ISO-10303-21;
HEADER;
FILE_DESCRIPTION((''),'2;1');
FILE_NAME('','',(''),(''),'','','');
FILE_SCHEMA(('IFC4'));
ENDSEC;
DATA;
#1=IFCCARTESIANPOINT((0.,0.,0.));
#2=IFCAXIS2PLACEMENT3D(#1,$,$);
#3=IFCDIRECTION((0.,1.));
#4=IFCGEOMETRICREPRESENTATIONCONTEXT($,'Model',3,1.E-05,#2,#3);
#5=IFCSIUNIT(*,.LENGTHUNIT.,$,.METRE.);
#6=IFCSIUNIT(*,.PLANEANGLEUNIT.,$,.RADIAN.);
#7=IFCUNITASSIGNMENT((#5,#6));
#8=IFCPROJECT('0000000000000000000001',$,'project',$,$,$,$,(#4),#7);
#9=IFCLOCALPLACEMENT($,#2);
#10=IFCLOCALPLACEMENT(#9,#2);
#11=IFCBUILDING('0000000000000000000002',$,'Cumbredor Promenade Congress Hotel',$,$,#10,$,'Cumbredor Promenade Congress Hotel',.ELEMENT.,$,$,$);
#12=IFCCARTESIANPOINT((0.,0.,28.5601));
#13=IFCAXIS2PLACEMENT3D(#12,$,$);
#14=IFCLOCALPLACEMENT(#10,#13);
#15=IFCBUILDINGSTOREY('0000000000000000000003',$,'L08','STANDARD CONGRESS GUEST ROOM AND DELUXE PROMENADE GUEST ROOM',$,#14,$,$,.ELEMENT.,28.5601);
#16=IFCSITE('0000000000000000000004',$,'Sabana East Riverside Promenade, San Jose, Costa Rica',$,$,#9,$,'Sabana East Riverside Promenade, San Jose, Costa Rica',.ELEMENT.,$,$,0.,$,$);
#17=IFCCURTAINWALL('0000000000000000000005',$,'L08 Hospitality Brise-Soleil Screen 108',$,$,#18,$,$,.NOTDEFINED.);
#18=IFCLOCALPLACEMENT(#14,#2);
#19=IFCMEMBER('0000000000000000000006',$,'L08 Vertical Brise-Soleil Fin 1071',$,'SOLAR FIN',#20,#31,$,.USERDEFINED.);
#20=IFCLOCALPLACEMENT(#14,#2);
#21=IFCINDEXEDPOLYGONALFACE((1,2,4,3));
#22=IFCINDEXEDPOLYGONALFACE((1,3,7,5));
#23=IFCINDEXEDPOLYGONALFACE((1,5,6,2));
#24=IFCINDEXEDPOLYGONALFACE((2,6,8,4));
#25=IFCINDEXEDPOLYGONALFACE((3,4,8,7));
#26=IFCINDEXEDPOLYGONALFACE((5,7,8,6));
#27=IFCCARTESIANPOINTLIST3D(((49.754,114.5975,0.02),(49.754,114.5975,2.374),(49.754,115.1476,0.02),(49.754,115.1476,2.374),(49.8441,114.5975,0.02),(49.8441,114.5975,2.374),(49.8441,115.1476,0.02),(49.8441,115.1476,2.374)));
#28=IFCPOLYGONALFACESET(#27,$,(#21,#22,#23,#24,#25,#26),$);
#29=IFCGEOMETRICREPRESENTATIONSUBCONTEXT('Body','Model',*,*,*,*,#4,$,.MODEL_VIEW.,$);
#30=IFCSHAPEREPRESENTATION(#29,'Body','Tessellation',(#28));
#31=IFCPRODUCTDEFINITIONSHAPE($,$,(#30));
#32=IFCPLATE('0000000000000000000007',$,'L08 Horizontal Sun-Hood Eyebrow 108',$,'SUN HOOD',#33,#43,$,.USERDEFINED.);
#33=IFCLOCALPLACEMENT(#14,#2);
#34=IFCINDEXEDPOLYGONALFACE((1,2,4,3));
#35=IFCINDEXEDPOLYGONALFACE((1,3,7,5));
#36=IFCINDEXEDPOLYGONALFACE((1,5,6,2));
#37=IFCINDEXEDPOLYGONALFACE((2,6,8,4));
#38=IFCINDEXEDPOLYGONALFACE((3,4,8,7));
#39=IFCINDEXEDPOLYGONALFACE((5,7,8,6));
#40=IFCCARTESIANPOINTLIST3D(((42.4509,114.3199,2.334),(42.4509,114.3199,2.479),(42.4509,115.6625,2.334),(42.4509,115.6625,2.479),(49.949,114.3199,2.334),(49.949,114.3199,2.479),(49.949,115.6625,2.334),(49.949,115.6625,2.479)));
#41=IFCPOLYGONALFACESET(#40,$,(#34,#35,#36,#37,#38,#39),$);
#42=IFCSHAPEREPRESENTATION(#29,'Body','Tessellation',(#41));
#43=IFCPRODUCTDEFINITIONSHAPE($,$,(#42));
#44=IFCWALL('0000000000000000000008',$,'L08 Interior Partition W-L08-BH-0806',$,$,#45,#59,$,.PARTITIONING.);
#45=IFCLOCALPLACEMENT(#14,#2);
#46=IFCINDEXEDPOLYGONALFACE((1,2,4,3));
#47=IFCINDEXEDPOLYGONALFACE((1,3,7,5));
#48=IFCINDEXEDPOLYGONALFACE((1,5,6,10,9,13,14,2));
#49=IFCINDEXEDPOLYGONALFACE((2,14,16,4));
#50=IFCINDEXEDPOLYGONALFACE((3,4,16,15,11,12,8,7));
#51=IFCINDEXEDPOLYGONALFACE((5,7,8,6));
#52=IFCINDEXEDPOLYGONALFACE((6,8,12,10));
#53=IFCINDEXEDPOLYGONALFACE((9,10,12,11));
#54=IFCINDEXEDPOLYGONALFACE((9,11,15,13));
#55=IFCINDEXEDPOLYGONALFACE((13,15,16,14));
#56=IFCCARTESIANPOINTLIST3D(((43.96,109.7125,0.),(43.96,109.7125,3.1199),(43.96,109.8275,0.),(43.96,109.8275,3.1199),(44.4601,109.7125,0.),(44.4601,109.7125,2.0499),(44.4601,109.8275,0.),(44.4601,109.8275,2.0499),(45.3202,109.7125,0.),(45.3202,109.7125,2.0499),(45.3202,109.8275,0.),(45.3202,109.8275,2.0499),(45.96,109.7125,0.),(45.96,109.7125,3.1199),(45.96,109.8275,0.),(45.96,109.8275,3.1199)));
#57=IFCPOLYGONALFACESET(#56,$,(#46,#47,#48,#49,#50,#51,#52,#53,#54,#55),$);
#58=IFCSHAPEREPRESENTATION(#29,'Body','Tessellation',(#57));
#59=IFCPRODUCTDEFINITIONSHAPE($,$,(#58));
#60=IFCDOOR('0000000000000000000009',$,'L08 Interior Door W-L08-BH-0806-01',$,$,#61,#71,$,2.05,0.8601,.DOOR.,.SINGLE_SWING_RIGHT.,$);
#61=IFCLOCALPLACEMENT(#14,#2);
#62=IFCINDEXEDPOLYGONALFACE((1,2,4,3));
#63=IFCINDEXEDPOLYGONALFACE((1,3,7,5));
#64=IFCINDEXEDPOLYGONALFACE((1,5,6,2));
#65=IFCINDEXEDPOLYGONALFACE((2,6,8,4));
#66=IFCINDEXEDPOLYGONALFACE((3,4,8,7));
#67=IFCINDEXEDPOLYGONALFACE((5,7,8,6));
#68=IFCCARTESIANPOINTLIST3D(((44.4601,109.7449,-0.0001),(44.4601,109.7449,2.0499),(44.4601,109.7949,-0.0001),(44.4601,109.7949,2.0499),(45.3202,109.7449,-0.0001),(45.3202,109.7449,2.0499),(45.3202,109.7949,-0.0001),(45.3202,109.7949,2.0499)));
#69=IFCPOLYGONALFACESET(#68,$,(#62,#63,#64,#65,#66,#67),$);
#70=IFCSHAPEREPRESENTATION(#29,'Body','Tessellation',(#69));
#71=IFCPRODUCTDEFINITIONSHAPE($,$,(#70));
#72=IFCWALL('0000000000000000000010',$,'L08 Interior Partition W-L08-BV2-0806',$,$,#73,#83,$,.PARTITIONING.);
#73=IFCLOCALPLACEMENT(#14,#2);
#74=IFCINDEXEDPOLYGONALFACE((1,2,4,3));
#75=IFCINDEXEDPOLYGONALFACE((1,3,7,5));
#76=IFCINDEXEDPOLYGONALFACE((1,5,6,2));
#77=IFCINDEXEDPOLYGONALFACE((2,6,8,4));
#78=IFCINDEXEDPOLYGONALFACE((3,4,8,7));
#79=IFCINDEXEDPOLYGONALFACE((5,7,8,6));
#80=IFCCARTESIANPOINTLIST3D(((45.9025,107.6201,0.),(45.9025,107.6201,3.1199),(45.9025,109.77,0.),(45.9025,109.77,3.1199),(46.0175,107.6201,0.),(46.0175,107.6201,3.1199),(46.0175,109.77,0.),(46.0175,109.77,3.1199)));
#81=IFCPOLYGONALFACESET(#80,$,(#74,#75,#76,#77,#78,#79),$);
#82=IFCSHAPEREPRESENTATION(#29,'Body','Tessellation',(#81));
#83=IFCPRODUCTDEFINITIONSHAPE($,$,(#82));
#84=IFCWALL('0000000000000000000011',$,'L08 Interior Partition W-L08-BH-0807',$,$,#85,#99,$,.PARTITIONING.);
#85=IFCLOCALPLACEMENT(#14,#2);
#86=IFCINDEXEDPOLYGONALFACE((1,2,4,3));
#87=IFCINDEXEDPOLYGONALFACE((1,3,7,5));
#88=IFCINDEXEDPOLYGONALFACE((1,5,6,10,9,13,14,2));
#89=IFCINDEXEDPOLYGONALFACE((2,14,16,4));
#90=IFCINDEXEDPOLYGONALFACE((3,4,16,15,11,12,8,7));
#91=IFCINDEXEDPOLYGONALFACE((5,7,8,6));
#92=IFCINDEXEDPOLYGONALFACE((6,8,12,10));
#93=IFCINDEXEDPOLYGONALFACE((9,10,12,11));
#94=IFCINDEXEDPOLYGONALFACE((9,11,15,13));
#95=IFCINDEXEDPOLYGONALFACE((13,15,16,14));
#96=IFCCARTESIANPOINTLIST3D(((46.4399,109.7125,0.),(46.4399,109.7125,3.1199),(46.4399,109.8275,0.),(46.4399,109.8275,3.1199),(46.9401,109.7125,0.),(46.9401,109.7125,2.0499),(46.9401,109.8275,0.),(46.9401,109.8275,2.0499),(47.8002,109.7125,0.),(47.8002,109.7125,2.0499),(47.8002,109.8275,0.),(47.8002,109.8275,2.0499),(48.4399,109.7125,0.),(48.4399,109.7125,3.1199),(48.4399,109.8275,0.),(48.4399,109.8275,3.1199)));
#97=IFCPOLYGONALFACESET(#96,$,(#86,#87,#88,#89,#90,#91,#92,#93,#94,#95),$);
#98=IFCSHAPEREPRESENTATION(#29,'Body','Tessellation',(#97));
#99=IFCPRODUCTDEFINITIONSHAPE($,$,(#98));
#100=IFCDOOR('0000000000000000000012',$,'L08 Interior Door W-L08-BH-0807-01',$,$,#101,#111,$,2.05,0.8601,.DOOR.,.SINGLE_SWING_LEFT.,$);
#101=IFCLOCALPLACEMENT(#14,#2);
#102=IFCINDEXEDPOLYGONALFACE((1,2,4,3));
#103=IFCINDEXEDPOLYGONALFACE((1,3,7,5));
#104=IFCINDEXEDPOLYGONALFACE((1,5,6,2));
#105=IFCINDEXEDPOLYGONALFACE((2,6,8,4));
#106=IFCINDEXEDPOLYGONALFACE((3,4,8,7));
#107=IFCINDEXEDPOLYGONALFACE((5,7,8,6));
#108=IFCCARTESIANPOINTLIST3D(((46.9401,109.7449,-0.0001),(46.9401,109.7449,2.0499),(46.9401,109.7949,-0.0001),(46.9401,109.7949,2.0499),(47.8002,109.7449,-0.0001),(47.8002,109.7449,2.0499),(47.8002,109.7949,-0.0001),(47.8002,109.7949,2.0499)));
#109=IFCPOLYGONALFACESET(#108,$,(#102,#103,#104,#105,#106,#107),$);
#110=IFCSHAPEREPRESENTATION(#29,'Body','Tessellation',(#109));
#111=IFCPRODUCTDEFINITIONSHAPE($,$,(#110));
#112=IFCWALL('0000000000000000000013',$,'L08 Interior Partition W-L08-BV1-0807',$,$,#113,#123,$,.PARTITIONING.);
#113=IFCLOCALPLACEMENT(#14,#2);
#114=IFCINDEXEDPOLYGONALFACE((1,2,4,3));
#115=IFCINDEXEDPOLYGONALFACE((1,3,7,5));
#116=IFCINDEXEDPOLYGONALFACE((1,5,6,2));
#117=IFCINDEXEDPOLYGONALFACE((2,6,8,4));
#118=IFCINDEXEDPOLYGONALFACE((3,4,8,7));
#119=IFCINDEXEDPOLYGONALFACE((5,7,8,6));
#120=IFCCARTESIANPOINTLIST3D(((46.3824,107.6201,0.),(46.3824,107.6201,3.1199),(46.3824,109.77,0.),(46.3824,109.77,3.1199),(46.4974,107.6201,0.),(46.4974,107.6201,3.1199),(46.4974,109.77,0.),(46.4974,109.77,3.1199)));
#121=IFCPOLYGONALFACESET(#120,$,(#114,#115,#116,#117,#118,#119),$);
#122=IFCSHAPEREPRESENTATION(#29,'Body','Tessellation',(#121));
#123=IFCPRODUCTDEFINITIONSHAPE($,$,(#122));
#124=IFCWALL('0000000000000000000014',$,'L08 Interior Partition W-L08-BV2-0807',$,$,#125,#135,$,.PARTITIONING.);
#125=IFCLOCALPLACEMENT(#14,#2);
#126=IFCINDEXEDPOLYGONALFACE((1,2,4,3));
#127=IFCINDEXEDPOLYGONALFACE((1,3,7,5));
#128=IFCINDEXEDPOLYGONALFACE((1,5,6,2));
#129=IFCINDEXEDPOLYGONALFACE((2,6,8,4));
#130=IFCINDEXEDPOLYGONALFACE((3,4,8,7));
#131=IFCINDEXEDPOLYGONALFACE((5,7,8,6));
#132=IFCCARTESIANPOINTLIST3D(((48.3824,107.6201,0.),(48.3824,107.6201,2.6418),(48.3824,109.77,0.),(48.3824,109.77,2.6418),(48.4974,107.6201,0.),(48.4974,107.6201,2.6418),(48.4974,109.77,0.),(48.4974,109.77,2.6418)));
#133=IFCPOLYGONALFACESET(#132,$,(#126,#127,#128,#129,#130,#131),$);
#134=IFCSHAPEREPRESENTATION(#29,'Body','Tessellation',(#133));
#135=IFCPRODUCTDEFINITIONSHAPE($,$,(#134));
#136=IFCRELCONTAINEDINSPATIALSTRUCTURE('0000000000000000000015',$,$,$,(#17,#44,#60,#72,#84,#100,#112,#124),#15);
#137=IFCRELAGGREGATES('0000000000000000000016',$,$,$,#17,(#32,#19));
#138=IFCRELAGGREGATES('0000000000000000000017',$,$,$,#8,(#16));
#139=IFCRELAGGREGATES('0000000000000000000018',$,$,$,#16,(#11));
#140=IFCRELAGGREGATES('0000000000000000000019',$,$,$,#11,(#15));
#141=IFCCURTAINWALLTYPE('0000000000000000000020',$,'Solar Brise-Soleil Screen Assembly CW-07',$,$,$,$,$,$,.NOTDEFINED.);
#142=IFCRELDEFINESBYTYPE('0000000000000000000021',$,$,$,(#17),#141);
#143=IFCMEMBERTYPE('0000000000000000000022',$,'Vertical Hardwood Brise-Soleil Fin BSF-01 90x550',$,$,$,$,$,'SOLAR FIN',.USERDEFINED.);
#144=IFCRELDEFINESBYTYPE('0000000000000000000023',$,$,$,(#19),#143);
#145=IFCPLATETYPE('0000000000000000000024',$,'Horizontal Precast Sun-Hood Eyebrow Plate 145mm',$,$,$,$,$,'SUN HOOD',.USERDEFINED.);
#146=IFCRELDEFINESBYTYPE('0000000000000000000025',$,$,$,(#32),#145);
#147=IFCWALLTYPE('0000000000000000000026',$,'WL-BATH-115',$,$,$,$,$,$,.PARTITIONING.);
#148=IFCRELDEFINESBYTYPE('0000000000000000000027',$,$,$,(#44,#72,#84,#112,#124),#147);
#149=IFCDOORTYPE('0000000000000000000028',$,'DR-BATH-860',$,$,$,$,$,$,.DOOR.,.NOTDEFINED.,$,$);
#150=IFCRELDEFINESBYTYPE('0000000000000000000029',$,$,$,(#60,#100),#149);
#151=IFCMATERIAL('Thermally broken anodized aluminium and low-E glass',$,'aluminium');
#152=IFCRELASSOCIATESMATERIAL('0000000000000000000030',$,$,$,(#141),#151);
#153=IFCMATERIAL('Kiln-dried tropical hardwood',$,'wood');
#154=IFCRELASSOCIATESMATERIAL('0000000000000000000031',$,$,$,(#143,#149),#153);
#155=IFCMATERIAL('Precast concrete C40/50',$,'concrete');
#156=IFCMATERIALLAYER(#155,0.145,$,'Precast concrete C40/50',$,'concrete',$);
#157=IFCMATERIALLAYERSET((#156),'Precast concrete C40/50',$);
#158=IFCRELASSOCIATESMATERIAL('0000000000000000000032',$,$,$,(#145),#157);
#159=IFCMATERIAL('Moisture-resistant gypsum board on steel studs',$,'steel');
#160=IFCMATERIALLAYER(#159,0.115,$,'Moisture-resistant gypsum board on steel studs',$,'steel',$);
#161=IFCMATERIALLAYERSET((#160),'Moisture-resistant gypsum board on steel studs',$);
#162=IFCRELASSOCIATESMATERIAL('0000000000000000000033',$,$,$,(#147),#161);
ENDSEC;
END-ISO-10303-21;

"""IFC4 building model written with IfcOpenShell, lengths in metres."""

from ifc_helpers import new_model, si_unit, direction, frame, frame_2d, origin, origin_2d, place, context, subcontext, project, spatial, rectangle, extrude, material, layer, layer_set, material_profile, profile_set, type_object, element, fill, aggregate, save


model = new_model("IFC4")

# Units and contexts
model_context = context("Model", 3, precision=1e-05, world=origin(), true_north=direction((0.0, 1.0)))
body_context = subcontext(model_context, "Body", "Model", "MODEL_VIEW")
ifc_project = project(units=[si_unit("LENGTHUNIT", "METRE"), si_unit("PLANEANGLEUNIT", "RADIAN")], contexts=[model_context])

# Site, building, storey
site_placement = place(None, origin())
site = spatial("IfcSite", under=ifc_project, at=site_placement, Name="Sabana East Riverside Promenade, San Jose, Costa Rica", LongName="Sabana East Riverside Promenade, San Jose, Costa Rica", CompositionType="ELEMENT", RefElevation=0.0)
building_placement = place(site_placement, origin())
building = spatial("IfcBuilding", under=site, at=building_placement, Name="Cumbredor Promenade Congress Hotel", LongName="Cumbredor Promenade Congress Hotel", CompositionType="ELEMENT")
storey_placement = place(building_placement, frame((0.0, 0.0, 28.5601)))
storey = spatial("IfcBuildingStorey", under=building, at=storey_placement, Name="L08", Description="STANDARD CONGRESS GUEST ROOM AND DELUXE PROMENADE GUEST ROOM", CompositionType="ELEMENT", Elevation=28.5601)

# Curtain wall
ifc_material_1 = material(Name="Thermally broken anodized aluminium and low-E glass", Category="aluminium")
curtain_wall_type = type_object("IfcCurtainWallType", Name="Solar Brise-Soleil Screen Assembly CW-07", PredefinedType="NOTDEFINED", material=ifc_material_1)
curtain_wall_placement = place(storey_placement, origin())
curtain_wall = element("IfcCurtainWall", 1, at=curtain_wall_placement, inside=storey, type_object=curtain_wall_type, Name="L08 Hospitality Brise-Soleil Screen 108", PredefinedType="NOTDEFINED")

# Member
ifc_material_2 = material(Name="Kiln-dried tropical hardwood", Category="wood")
ifc_material_profile_1 = material_profile(ifc_material_2, rectangle(XDim=0.0901, YDim=0.55, at=origin_2d()), Name="ARCH FIN 90x550")
ifc_profile_set_1 = profile_set([ifc_material_profile_1], Name="Kiln-dried tropical hardwood")
member_type_1 = type_object("IfcMemberType", Name="Vertical Hardwood Brise-Soleil Fin BSF-01 90x550", ElementType="SOLAR FIN", PredefinedType="USERDEFINED", material=ifc_profile_set_1)
member_1_placement = place(storey_placement, frame((49.7991, 114.8726, 0.02), z_axis=(0.0, 0.0, 1.0), x_axis=(1.0, 0.0, 0.0)))
member_1 = element("IfcMember", 2, at=member_1_placement, type_object=member_type_1, Name="L08 Vertical Brise-Soleil Fin 1071", ObjectType="SOLAR FIN", PredefinedType="USERDEFINED", context=body_context, shape_type="SweptSolid", body=[
    extrude(rectangle(XDim=0.0901, YDim=0.55, at=origin_2d()), origin(), (0.0, 0.0, 1.0), 2.354),
])

# Plate
ifc_material_3 = material(Name="Precast concrete C40/50", Category="concrete")
ifc_layer_1 = layer(ifc_material_3, 0.145, Name="Precast concrete C40/50", Category="concrete")
ifc_layer_set_1 = layer_set([ifc_layer_1], Name="Precast concrete C40/50")
plate_type = type_object("IfcPlateType", Name="Horizontal Precast Sun-Hood Eyebrow Plate 145mm", ElementType="SUN HOOD", PredefinedType="USERDEFINED", material=ifc_layer_set_1)
plate_placement = place(storey_placement, frame((46.2, 114.9912, 2.334), z_axis=(0.0, 0.0, 1.0), x_axis=(1.0, 0.0, 0.0)))
plate = element("IfcPlate", 3, at=plate_placement, type_object=plate_type, Name="L08 Horizontal Sun-Hood Eyebrow 108", ObjectType="SUN HOOD", PredefinedType="USERDEFINED", context=body_context, shape_type="SweptSolid", body=[
    extrude(rectangle(XDim=7.498, YDim=1.3425, at=origin_2d()), origin(), (0.0, 0.0, 1.0), 0.145),
])
aggregate(curtain_wall, [plate, member_1])

# Wall, opening, door
ifc_material_4 = material(Name="Moisture-resistant gypsum board on steel studs", Category="steel")
ifc_layer_2 = layer(ifc_material_4, 0.115, Name="Moisture-resistant gypsum board on steel studs", Category="steel")
ifc_layer_set_2 = layer_set([ifc_layer_2], Name="Moisture-resistant gypsum board on steel studs")
wall_type_1 = type_object("IfcWallType", Name="WL-BATH-115", PredefinedType="PARTITIONING", material=ifc_layer_set_2)
wall_1_placement = place(storey_placement, frame((43.96, 109.77, 0.0), z_axis=(0.0, 0.0, 1.0), x_axis=(1.0, 0.0, 0.0)))
wall_1 = element("IfcWall", 4, at=wall_1_placement, inside=storey, type_object=wall_type_1, Name="L08 Interior Partition W-L08-BH-0806", PredefinedType="PARTITIONING", context=body_context, shape_type="SweptSolid", body=[
    extrude(rectangle(XDim=2.0, YDim=0.115, at=frame_2d((1.0, 0.0))), origin(), (0.0, 0.0, 1.0), 3.1199),
])
opening_1_placement = place(wall_1_placement, frame((0.5, 0.0, 0.0)))
opening_1 = element("IfcOpeningElement", 5, at=opening_1_placement, cuts=wall_1, PredefinedType="OPENING", context=body_context, shape_type="SweptSolid", body=[
    extrude(rectangle(XDim=0.8601, YDim=2.05, at=frame_2d((0.4302, 1.0249))), frame((0.0, 0.0674, 0.0), z_axis=(0.0, -1.0, 0.0), x_axis=(1.0, 0.0, 0.0)), (0.0, 0.0, 1.0), 0.135),
])
door_type = type_object("IfcDoorType", Name="DR-BATH-860", OperationType="NOTDEFINED", PredefinedType="DOOR", material=ifc_material_2)
door_1_placement = place(opening_1_placement, origin())
door_1 = element("IfcDoor", 6, at=door_1_placement, inside=storey, type_object=door_type, Name="L08 Interior Door W-L08-BH-0806-01", OperationType="SINGLE_SWING_RIGHT", OverallHeight=2.05, OverallWidth=0.8601, PredefinedType="DOOR", context=body_context, shape_type="SweptSolid", body=[
    extrude(rectangle(XDim=0.8601, YDim=2.05, at=frame_2d((0.4302, 1.0249))), frame((0.0, 0.0249, 0.0), z_axis=(0.0, -1.0, 0.0), x_axis=(1.0, 0.0, 0.0)), (0.0, 0.0, 1.0), 0.05),
])
fill(opening_1, door_1)

# Wall
wall_2_placement = place(storey_placement, frame((45.96, 107.6201, 0.0), z_axis=(0.0, 0.0, 1.0), x_axis=(0.0, 1.0, 0.0)))
element("IfcWall", 7, at=wall_2_placement, inside=storey, type_object=wall_type_1, Name="L08 Interior Partition W-L08-BV2-0806", PredefinedType="PARTITIONING", context=body_context, shape_type="SweptSolid", body=[
    extrude(rectangle(XDim=2.1499, YDim=0.115, at=frame_2d((1.075, 0.0))), origin(), (0.0, 0.0, 1.0), 3.1199),
])

# Wall, opening, door
wall_3_placement = place(storey_placement, frame((46.4399, 109.77, 0.0), z_axis=(0.0, 0.0, 1.0), x_axis=(1.0, 0.0, 0.0)))
wall_3 = element("IfcWall", 8, at=wall_3_placement, inside=storey, type_object=wall_type_1, Name="L08 Interior Partition W-L08-BH-0807", PredefinedType="PARTITIONING", context=body_context, shape_type="SweptSolid", body=[
    extrude(rectangle(XDim=2.0, YDim=0.115, at=frame_2d((1.0, 0.0))), origin(), (0.0, 0.0, 1.0), 3.1199),
])
opening_2_placement = place(wall_3_placement, frame((0.5, 0.0, 0.0)))
opening_2 = element("IfcOpeningElement", 9, at=opening_2_placement, cuts=wall_3, PredefinedType="OPENING", context=body_context, shape_type="SweptSolid", body=[
    extrude(rectangle(XDim=0.8601, YDim=2.05, at=frame_2d((0.4302, 1.0249))), frame((0.0, 0.0674, 0.0), z_axis=(0.0, -1.0, 0.0), x_axis=(1.0, 0.0, 0.0)), (0.0, 0.0, 1.0), 0.135),
])
door_2_placement = place(opening_2_placement, origin())
door_2 = element("IfcDoor", 10, at=door_2_placement, inside=storey, type_object=door_type, Name="L08 Interior Door W-L08-BH-0807-01", OperationType="SINGLE_SWING_LEFT", OverallHeight=2.05, OverallWidth=0.8601, PredefinedType="DOOR", context=body_context, shape_type="SweptSolid", body=[
    extrude(rectangle(XDim=0.8601, YDim=2.05, at=frame_2d((0.4302, 1.0249))), frame((0.0, 0.0249, 0.0), z_axis=(0.0, -1.0, 0.0), x_axis=(1.0, 0.0, 0.0)), (0.0, 0.0, 1.0), 0.05),
])
fill(opening_2, door_2)

# Walls
wall_4_placement = place(storey_placement, frame((46.4399, 107.6201, 0.0), z_axis=(0.0, 0.0, 1.0), x_axis=(0.0, 1.0, 0.0)))
element("IfcWall", 11, at=wall_4_placement, inside=storey, type_object=wall_type_1, Name="L08 Interior Partition W-L08-BV1-0807", PredefinedType="PARTITIONING", context=body_context, shape_type="SweptSolid", body=[
    extrude(rectangle(XDim=2.1499, YDim=0.115, at=frame_2d((1.075, 0.0))), origin(), (0.0, 0.0, 1.0), 3.1199),
])
wall_5_placement = place(storey_placement, frame((48.4399, 107.6201, 0.0), z_axis=(0.0, 0.0, 1.0), x_axis=(0.0, 1.0, 0.0)))
element("IfcWall", 12, at=wall_5_placement, inside=storey, type_object=wall_type_1, Name="L08 Interior Partition W-L08-BV2-0807", PredefinedType="PARTITIONING", context=body_context, shape_type="SweptSolid", body=[
    extrude(rectangle(XDim=2.1499, YDim=0.115, at=frame_2d((1.075, 0.0))), origin(), (0.0, 0.0, 1.0), 2.6418),
])

save(model, "model.ifc")
